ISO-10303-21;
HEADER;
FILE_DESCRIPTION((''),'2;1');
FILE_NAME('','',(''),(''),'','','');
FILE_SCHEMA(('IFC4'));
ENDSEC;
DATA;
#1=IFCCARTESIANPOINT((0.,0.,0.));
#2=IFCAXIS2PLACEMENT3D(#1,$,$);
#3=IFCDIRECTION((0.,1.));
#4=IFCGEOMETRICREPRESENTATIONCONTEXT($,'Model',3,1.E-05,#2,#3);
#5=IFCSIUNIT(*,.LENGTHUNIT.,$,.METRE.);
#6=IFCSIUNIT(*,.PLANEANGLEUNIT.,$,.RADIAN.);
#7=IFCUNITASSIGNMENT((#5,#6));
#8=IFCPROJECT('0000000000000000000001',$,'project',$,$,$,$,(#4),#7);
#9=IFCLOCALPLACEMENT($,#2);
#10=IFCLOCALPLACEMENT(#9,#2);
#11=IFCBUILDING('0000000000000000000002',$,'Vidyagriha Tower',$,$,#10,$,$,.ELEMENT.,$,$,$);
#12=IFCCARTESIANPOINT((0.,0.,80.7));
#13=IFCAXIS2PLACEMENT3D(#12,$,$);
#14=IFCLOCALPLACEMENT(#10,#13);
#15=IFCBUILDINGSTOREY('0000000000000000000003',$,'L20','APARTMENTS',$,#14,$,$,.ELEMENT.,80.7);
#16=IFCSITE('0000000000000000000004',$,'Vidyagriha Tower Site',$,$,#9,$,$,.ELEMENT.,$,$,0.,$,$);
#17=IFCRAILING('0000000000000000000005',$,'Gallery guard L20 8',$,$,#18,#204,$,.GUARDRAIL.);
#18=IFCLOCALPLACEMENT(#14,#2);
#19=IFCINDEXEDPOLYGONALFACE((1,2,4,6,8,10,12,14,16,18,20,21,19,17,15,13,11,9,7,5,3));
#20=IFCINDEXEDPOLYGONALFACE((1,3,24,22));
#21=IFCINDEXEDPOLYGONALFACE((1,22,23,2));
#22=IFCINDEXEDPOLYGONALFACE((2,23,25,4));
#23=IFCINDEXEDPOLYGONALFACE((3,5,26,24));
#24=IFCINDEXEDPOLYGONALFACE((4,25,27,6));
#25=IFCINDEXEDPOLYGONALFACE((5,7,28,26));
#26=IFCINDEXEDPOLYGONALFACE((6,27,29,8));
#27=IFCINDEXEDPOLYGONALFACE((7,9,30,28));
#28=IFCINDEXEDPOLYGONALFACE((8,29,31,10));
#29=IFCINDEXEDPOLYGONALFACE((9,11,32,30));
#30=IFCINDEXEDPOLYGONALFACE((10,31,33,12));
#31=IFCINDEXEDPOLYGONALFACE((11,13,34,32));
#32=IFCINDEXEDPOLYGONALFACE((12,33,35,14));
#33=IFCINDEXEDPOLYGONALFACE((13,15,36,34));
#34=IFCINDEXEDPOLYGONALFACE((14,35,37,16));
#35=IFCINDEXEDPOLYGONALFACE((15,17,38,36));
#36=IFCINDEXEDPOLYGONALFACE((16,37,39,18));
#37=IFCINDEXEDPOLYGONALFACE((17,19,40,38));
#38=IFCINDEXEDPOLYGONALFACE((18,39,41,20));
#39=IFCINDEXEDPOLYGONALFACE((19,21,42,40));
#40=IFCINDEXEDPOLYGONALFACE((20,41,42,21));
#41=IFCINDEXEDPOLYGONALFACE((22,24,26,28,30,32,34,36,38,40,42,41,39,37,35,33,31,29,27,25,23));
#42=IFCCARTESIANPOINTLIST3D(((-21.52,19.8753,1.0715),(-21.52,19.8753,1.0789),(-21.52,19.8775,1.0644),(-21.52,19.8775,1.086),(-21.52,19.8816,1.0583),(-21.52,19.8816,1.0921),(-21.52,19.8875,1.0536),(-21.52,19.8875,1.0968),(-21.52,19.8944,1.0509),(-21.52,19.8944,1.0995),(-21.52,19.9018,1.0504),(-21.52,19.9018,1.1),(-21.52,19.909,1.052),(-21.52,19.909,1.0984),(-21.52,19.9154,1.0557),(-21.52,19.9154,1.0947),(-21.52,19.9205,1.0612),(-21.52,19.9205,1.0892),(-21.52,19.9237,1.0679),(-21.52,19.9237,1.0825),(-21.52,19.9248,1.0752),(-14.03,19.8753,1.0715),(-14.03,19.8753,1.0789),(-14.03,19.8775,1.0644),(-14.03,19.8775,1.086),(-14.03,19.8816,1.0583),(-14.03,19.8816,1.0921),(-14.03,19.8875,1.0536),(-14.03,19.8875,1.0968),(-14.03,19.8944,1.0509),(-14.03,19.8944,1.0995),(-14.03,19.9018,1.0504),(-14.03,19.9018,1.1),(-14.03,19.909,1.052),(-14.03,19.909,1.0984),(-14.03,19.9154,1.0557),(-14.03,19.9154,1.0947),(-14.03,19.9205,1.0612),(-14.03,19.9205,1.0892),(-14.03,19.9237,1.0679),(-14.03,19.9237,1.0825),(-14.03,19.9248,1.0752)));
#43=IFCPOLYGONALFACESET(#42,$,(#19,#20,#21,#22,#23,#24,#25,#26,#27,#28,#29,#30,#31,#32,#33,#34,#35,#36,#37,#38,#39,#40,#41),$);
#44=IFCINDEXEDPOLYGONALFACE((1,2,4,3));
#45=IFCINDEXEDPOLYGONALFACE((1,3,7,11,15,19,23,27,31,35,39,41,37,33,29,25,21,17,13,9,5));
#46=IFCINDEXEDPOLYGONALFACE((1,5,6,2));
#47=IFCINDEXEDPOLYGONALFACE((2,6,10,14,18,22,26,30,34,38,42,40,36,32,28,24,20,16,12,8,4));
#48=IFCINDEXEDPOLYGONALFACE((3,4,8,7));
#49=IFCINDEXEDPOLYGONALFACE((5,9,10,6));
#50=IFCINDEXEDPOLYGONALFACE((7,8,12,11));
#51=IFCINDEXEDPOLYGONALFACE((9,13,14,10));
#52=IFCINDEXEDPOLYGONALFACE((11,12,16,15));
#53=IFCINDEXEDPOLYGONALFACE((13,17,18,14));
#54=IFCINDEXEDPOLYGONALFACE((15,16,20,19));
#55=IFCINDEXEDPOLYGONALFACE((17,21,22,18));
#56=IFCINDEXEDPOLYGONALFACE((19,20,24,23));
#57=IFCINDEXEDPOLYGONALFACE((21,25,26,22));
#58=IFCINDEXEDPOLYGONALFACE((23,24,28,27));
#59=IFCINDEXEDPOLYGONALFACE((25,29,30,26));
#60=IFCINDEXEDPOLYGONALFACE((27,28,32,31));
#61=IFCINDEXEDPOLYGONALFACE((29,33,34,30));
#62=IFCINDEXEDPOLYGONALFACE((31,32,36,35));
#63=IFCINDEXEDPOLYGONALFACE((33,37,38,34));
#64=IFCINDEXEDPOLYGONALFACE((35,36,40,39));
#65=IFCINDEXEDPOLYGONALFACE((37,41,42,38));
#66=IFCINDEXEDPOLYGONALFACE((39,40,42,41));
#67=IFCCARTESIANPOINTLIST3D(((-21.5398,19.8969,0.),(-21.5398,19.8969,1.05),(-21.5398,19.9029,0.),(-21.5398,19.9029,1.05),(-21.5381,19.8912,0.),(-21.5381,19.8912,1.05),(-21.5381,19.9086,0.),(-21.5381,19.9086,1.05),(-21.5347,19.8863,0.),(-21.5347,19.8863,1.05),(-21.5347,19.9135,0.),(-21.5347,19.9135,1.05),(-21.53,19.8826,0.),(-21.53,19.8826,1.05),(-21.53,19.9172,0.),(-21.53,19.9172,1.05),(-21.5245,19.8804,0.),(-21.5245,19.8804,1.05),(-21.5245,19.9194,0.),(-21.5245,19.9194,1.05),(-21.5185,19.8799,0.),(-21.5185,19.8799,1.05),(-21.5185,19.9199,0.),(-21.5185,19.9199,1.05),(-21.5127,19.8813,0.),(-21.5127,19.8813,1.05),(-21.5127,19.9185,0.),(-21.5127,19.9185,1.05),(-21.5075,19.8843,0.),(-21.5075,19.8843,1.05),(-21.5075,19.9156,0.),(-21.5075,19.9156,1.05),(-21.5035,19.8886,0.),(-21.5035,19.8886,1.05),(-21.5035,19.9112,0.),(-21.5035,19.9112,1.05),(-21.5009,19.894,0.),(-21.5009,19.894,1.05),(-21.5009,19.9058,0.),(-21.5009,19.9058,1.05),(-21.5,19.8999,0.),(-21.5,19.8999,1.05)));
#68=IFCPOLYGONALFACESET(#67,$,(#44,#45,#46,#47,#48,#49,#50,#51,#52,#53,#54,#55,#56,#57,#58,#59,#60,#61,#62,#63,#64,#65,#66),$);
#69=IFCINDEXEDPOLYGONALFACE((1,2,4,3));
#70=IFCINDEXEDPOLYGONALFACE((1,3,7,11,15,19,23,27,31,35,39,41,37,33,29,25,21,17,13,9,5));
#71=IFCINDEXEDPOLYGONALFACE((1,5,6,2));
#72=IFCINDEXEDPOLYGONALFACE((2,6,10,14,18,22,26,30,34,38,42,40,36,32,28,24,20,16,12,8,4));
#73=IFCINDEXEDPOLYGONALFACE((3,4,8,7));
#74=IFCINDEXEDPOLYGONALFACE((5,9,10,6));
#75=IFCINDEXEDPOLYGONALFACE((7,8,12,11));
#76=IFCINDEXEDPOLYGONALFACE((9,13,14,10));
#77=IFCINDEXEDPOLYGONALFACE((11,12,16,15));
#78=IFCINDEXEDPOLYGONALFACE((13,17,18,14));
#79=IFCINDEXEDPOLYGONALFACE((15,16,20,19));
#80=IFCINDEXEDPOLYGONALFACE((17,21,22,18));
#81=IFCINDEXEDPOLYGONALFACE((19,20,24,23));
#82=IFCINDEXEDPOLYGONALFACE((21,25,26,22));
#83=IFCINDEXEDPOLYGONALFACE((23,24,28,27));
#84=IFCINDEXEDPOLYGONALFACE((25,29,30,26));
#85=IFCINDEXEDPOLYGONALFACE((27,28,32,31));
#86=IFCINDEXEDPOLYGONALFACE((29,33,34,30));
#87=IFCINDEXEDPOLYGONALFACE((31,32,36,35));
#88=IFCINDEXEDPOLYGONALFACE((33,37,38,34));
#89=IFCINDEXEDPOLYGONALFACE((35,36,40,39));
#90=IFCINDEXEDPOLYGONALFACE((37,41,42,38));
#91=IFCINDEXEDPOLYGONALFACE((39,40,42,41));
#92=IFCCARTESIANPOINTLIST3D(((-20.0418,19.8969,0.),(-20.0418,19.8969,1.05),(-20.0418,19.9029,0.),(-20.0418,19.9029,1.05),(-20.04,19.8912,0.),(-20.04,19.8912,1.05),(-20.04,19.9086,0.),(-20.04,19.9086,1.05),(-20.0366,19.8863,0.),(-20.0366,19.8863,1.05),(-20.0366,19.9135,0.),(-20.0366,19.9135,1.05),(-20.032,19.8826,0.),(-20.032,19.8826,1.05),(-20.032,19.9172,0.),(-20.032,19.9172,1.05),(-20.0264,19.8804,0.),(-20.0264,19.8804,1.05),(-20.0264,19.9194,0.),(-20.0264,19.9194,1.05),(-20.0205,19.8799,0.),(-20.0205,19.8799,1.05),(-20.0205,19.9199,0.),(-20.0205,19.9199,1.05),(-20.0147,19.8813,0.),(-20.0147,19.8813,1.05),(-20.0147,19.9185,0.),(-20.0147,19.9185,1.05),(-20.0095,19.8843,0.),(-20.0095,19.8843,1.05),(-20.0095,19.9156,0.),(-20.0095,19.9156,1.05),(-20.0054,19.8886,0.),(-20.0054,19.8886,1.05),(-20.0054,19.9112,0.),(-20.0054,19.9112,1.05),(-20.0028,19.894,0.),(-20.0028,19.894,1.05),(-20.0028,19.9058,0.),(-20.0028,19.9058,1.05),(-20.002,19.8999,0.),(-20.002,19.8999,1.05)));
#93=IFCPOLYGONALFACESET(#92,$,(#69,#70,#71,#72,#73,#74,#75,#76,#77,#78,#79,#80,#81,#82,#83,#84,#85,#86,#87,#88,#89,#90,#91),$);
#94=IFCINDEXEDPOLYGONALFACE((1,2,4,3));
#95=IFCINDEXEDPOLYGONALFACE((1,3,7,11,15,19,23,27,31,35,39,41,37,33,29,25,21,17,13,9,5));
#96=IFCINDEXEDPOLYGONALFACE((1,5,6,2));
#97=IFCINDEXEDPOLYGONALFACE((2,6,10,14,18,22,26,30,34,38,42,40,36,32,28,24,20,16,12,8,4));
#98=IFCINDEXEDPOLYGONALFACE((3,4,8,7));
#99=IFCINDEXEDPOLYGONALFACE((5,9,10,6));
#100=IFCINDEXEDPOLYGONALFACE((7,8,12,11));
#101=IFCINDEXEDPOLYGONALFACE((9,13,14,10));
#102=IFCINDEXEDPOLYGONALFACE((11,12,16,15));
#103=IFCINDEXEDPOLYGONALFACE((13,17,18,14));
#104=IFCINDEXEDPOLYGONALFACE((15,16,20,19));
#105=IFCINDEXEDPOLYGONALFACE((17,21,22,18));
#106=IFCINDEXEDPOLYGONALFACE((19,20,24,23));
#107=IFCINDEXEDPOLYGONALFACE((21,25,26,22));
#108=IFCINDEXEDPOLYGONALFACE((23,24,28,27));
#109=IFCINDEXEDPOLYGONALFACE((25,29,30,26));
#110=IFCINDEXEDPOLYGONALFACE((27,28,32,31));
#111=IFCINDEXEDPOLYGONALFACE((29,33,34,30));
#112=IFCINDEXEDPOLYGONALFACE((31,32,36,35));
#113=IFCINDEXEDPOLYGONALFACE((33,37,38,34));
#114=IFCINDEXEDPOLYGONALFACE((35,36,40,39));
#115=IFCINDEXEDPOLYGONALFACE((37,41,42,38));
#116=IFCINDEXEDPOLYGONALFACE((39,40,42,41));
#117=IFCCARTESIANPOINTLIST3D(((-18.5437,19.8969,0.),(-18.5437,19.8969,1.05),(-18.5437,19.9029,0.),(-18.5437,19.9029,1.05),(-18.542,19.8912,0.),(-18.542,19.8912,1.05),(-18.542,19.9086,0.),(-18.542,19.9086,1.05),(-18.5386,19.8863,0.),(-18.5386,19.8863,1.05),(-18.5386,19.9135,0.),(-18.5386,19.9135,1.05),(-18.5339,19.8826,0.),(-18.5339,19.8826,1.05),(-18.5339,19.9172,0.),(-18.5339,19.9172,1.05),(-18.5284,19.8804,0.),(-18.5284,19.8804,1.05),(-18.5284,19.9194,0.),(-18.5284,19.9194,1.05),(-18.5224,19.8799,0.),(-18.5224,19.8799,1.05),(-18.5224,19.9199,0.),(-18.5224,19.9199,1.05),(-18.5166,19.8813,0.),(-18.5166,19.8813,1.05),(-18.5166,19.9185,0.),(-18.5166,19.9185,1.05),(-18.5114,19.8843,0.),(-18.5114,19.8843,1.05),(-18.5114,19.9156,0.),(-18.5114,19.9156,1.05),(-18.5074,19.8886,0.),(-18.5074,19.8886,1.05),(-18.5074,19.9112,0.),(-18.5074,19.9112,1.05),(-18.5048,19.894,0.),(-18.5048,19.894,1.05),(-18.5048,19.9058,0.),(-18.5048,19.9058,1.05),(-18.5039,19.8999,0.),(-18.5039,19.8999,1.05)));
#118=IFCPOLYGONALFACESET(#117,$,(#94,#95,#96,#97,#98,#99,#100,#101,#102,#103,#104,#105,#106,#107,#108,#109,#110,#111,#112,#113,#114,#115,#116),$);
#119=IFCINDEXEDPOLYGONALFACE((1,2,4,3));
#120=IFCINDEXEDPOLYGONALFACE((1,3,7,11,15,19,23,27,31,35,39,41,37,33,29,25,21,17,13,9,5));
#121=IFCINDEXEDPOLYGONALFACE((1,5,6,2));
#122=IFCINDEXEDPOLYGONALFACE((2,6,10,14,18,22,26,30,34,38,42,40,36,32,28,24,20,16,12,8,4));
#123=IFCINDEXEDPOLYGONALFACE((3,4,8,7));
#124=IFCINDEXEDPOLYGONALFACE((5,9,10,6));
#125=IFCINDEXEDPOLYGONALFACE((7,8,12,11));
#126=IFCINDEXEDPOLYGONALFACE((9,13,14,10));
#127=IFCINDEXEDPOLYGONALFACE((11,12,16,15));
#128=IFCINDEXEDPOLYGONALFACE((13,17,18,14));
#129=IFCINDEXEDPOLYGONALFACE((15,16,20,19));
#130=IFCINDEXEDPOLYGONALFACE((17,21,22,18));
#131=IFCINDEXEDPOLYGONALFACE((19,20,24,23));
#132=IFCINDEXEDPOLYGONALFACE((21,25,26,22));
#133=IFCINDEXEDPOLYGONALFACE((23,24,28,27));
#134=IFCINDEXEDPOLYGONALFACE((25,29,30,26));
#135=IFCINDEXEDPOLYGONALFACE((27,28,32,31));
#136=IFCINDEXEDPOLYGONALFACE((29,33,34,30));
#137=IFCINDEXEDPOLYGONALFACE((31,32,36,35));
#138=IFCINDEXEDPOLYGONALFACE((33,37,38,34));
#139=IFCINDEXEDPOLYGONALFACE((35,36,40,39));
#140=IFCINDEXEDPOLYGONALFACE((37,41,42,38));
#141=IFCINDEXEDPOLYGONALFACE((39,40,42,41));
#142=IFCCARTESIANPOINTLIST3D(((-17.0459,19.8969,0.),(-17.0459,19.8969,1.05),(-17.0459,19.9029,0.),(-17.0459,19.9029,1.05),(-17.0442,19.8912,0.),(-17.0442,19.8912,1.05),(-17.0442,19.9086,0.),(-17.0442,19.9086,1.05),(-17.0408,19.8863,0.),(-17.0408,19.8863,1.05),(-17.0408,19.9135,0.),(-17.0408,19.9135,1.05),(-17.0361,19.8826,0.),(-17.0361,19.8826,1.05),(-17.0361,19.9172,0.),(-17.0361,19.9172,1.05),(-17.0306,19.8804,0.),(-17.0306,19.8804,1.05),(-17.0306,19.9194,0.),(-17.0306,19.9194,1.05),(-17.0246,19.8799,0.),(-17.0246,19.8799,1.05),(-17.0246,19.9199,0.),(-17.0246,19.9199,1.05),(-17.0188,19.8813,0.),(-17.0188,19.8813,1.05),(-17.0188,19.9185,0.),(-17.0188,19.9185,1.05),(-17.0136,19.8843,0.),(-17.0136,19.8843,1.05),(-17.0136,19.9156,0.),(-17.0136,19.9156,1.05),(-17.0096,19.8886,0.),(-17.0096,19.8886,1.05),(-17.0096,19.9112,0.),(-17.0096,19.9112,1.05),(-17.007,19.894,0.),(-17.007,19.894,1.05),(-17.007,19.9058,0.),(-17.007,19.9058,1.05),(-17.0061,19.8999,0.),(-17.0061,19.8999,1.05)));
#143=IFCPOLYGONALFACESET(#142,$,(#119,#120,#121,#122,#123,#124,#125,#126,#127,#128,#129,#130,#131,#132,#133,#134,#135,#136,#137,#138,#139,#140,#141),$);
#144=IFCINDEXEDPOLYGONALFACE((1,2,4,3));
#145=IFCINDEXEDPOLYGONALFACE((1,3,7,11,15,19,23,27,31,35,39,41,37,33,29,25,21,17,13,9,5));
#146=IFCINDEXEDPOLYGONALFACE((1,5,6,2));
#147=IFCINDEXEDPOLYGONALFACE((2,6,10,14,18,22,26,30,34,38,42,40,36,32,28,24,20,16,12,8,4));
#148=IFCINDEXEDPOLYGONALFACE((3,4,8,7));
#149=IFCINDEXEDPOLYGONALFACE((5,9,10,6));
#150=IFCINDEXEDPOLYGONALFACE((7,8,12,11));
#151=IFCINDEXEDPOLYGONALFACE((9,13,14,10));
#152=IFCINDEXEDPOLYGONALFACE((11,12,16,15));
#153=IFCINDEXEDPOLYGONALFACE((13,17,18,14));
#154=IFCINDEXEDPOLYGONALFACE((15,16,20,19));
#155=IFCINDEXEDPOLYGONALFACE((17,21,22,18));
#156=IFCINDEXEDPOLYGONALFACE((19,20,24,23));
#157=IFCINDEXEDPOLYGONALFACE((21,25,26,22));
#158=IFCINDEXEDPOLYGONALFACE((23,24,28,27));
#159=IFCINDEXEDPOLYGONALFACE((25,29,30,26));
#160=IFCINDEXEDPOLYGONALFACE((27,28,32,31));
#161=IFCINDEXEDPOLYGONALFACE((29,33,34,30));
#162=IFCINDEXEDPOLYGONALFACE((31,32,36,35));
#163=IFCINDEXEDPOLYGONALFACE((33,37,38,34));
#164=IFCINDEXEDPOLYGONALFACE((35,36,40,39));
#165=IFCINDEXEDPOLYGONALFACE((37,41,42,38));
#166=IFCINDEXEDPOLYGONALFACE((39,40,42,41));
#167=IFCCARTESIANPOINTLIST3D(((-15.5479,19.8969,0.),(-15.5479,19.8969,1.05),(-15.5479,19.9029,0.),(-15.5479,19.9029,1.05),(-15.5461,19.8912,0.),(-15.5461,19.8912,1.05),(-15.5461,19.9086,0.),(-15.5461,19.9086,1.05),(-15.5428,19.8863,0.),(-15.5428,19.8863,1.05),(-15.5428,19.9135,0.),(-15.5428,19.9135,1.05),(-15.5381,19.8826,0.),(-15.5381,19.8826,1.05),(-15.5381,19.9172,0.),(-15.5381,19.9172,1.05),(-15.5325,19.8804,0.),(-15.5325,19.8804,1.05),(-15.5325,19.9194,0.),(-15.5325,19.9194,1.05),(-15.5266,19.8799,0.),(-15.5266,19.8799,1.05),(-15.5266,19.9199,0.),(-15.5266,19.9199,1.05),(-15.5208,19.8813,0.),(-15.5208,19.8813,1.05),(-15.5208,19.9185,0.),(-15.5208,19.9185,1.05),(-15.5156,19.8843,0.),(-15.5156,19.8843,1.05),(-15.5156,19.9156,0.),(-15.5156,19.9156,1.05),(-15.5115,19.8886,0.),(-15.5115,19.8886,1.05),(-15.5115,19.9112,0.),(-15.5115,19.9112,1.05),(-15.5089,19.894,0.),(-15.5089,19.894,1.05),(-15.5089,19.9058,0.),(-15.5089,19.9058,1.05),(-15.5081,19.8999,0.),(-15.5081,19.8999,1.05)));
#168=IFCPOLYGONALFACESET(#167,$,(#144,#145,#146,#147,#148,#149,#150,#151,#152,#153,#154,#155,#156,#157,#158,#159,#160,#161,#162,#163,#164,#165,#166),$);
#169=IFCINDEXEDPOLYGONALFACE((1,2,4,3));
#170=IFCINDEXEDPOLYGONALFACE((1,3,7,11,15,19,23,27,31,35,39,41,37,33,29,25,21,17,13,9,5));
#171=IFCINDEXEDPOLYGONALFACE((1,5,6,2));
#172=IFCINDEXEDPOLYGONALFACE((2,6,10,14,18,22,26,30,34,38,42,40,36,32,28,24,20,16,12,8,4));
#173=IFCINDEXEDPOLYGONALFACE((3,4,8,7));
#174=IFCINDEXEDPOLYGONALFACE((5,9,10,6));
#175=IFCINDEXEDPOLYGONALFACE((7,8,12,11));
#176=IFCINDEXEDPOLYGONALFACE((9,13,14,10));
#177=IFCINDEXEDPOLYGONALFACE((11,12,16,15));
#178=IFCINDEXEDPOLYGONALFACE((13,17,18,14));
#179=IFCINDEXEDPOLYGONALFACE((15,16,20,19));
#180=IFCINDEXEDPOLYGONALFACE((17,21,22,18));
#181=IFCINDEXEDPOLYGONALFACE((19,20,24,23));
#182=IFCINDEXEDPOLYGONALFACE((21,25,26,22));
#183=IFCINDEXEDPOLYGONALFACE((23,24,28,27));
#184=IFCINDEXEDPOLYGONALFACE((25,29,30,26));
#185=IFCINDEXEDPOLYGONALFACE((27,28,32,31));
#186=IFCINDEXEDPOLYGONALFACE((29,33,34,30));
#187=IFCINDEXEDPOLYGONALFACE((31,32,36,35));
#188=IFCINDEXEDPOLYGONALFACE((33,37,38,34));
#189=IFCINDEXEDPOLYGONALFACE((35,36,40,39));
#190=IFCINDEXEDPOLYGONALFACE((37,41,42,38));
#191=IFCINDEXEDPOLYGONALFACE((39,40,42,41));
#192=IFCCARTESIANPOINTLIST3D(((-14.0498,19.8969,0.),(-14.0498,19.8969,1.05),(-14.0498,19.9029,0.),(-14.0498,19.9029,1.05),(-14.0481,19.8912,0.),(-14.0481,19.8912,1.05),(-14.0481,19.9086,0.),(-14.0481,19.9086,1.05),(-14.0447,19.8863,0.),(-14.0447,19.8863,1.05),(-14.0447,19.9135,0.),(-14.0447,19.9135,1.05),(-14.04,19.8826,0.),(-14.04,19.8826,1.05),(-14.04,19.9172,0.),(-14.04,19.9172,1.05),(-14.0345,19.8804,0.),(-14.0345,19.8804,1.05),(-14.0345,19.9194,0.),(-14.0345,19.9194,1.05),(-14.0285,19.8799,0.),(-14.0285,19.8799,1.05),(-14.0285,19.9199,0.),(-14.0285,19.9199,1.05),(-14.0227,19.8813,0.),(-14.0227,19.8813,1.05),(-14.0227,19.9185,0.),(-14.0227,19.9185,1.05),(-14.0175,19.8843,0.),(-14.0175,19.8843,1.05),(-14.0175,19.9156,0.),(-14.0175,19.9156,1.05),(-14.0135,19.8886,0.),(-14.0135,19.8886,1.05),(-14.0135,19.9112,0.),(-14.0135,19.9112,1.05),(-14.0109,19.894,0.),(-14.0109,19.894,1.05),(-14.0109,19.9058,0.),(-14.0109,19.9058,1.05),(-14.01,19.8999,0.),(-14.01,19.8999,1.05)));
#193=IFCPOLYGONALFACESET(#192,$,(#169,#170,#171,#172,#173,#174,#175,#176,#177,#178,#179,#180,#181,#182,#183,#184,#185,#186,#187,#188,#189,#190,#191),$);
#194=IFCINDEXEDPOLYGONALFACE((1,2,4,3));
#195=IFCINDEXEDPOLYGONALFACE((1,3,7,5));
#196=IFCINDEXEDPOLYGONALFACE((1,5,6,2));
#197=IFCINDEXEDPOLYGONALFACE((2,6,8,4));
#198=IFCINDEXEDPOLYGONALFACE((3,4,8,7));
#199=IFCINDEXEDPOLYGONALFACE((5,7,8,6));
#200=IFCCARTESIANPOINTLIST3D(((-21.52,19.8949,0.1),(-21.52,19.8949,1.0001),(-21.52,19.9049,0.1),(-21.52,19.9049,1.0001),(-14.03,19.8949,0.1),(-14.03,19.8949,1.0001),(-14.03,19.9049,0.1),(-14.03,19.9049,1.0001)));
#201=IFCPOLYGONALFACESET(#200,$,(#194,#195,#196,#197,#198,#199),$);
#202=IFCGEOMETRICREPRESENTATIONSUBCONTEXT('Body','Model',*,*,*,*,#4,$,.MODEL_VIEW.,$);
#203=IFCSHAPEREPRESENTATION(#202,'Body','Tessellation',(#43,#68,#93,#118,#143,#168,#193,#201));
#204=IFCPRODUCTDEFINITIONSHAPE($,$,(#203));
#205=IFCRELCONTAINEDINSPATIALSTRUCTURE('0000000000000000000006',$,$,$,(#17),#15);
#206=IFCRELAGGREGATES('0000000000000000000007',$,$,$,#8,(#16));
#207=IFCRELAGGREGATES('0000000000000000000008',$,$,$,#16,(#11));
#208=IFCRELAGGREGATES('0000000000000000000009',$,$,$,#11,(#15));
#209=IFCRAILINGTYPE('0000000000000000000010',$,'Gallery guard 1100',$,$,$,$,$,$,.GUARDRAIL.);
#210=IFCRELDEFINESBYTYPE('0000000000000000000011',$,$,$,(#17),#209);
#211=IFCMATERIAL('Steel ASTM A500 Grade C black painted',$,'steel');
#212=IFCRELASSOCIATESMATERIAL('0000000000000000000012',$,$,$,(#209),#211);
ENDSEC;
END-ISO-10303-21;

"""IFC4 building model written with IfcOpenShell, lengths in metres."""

from ifc_helpers import new_model, si_unit, direction, frame, origin, origin_2d, place, context, subcontext, project, spatial, rectangle, circle, extrude, material, type_object, element, save


model = new_model("IFC4")

# Units and contexts
model_context = context("Model", 3, precision=1e-05, world=origin(), true_north=direction((0.0, 1.0)))
body_context = subcontext(model_context, "Body", "Model", "MODEL_VIEW")
ifc_project = project(units=[si_unit("LENGTHUNIT", "METRE"), si_unit("PLANEANGLEUNIT", "RADIAN")], contexts=[model_context])

# Site, building, storey
site_placement = place(None, origin())
site = spatial("IfcSite", under=ifc_project, at=site_placement, Name="Vidyagriha Tower Site", CompositionType="ELEMENT", RefElevation=0.0)
building_placement = place(site_placement, origin())
building = spatial("IfcBuilding", under=site, at=building_placement, Name="Vidyagriha Tower", CompositionType="ELEMENT")
storey_placement = place(building_placement, frame((0.0, 0.0, 80.7)))
storey = spatial("IfcBuildingStorey", under=building, at=storey_placement, Name="L20", Description="APARTMENTS", CompositionType="ELEMENT", Elevation=80.7)

# Railing
ifc_material_1 = material(Name="Steel ASTM A500 Grade C black painted", Category="steel")
railing_type = type_object("IfcRailingType", Name="Gallery guard 1100", PredefinedType="GUARDRAIL", material=ifc_material_1)
railing_1_placement = place(storey_placement, frame((-21.52, 19.8999, 0.0)))
element("IfcRailing", 1, at=railing_1_placement, inside=storey, type_object=railing_type, Name="Gallery guard L20 8", PredefinedType="GUARDRAIL", context=body_context, shape_type="SweptSolid", body=[
    extrude(circle(Radius=0.0249, at=origin_2d()), frame((0.0, 0.0, 1.0752), z_axis=(1.0, 0.0, 0.0), x_axis=(0.0, 1.0, 0.0)), (0.0, 0.0, 1.0), 7.49),
    extrude(circle(Radius=0.02, at=origin_2d()), origin(), (0.0, 0.0, 1.0), 1.05),
    extrude(circle(Radius=0.02, at=origin_2d()), frame((1.498, 0.0, 0.0)), (0.0, 0.0, 1.0), 1.05),
    extrude(circle(Radius=0.02, at=origin_2d()), frame((2.9961, 0.0, 0.0)), (0.0, 0.0, 1.0), 1.05),
    extrude(circle(Radius=0.02, at=origin_2d()), frame((4.4939, 0.0, 0.0)), (0.0, 0.0, 1.0), 1.05),
    extrude(circle(Radius=0.02, at=origin_2d()), frame((5.9919, 0.0, 0.0)), (0.0, 0.0, 1.0), 1.05),
    extrude(circle(Radius=0.02, at=origin_2d()), frame((7.49, 0.0, 0.0)), (0.0, 0.0, 1.0), 1.05),
    extrude(rectangle(XDim=0.01, YDim=0.9001, at=origin_2d()), frame((0.0, 0.0, 0.55), z_axis=(1.0, 0.0, 0.0), x_axis=(0.0, 1.0, 0.0)), (0.0, 0.0, 1.0), 7.49),
])

save(model, "model.ifc")
